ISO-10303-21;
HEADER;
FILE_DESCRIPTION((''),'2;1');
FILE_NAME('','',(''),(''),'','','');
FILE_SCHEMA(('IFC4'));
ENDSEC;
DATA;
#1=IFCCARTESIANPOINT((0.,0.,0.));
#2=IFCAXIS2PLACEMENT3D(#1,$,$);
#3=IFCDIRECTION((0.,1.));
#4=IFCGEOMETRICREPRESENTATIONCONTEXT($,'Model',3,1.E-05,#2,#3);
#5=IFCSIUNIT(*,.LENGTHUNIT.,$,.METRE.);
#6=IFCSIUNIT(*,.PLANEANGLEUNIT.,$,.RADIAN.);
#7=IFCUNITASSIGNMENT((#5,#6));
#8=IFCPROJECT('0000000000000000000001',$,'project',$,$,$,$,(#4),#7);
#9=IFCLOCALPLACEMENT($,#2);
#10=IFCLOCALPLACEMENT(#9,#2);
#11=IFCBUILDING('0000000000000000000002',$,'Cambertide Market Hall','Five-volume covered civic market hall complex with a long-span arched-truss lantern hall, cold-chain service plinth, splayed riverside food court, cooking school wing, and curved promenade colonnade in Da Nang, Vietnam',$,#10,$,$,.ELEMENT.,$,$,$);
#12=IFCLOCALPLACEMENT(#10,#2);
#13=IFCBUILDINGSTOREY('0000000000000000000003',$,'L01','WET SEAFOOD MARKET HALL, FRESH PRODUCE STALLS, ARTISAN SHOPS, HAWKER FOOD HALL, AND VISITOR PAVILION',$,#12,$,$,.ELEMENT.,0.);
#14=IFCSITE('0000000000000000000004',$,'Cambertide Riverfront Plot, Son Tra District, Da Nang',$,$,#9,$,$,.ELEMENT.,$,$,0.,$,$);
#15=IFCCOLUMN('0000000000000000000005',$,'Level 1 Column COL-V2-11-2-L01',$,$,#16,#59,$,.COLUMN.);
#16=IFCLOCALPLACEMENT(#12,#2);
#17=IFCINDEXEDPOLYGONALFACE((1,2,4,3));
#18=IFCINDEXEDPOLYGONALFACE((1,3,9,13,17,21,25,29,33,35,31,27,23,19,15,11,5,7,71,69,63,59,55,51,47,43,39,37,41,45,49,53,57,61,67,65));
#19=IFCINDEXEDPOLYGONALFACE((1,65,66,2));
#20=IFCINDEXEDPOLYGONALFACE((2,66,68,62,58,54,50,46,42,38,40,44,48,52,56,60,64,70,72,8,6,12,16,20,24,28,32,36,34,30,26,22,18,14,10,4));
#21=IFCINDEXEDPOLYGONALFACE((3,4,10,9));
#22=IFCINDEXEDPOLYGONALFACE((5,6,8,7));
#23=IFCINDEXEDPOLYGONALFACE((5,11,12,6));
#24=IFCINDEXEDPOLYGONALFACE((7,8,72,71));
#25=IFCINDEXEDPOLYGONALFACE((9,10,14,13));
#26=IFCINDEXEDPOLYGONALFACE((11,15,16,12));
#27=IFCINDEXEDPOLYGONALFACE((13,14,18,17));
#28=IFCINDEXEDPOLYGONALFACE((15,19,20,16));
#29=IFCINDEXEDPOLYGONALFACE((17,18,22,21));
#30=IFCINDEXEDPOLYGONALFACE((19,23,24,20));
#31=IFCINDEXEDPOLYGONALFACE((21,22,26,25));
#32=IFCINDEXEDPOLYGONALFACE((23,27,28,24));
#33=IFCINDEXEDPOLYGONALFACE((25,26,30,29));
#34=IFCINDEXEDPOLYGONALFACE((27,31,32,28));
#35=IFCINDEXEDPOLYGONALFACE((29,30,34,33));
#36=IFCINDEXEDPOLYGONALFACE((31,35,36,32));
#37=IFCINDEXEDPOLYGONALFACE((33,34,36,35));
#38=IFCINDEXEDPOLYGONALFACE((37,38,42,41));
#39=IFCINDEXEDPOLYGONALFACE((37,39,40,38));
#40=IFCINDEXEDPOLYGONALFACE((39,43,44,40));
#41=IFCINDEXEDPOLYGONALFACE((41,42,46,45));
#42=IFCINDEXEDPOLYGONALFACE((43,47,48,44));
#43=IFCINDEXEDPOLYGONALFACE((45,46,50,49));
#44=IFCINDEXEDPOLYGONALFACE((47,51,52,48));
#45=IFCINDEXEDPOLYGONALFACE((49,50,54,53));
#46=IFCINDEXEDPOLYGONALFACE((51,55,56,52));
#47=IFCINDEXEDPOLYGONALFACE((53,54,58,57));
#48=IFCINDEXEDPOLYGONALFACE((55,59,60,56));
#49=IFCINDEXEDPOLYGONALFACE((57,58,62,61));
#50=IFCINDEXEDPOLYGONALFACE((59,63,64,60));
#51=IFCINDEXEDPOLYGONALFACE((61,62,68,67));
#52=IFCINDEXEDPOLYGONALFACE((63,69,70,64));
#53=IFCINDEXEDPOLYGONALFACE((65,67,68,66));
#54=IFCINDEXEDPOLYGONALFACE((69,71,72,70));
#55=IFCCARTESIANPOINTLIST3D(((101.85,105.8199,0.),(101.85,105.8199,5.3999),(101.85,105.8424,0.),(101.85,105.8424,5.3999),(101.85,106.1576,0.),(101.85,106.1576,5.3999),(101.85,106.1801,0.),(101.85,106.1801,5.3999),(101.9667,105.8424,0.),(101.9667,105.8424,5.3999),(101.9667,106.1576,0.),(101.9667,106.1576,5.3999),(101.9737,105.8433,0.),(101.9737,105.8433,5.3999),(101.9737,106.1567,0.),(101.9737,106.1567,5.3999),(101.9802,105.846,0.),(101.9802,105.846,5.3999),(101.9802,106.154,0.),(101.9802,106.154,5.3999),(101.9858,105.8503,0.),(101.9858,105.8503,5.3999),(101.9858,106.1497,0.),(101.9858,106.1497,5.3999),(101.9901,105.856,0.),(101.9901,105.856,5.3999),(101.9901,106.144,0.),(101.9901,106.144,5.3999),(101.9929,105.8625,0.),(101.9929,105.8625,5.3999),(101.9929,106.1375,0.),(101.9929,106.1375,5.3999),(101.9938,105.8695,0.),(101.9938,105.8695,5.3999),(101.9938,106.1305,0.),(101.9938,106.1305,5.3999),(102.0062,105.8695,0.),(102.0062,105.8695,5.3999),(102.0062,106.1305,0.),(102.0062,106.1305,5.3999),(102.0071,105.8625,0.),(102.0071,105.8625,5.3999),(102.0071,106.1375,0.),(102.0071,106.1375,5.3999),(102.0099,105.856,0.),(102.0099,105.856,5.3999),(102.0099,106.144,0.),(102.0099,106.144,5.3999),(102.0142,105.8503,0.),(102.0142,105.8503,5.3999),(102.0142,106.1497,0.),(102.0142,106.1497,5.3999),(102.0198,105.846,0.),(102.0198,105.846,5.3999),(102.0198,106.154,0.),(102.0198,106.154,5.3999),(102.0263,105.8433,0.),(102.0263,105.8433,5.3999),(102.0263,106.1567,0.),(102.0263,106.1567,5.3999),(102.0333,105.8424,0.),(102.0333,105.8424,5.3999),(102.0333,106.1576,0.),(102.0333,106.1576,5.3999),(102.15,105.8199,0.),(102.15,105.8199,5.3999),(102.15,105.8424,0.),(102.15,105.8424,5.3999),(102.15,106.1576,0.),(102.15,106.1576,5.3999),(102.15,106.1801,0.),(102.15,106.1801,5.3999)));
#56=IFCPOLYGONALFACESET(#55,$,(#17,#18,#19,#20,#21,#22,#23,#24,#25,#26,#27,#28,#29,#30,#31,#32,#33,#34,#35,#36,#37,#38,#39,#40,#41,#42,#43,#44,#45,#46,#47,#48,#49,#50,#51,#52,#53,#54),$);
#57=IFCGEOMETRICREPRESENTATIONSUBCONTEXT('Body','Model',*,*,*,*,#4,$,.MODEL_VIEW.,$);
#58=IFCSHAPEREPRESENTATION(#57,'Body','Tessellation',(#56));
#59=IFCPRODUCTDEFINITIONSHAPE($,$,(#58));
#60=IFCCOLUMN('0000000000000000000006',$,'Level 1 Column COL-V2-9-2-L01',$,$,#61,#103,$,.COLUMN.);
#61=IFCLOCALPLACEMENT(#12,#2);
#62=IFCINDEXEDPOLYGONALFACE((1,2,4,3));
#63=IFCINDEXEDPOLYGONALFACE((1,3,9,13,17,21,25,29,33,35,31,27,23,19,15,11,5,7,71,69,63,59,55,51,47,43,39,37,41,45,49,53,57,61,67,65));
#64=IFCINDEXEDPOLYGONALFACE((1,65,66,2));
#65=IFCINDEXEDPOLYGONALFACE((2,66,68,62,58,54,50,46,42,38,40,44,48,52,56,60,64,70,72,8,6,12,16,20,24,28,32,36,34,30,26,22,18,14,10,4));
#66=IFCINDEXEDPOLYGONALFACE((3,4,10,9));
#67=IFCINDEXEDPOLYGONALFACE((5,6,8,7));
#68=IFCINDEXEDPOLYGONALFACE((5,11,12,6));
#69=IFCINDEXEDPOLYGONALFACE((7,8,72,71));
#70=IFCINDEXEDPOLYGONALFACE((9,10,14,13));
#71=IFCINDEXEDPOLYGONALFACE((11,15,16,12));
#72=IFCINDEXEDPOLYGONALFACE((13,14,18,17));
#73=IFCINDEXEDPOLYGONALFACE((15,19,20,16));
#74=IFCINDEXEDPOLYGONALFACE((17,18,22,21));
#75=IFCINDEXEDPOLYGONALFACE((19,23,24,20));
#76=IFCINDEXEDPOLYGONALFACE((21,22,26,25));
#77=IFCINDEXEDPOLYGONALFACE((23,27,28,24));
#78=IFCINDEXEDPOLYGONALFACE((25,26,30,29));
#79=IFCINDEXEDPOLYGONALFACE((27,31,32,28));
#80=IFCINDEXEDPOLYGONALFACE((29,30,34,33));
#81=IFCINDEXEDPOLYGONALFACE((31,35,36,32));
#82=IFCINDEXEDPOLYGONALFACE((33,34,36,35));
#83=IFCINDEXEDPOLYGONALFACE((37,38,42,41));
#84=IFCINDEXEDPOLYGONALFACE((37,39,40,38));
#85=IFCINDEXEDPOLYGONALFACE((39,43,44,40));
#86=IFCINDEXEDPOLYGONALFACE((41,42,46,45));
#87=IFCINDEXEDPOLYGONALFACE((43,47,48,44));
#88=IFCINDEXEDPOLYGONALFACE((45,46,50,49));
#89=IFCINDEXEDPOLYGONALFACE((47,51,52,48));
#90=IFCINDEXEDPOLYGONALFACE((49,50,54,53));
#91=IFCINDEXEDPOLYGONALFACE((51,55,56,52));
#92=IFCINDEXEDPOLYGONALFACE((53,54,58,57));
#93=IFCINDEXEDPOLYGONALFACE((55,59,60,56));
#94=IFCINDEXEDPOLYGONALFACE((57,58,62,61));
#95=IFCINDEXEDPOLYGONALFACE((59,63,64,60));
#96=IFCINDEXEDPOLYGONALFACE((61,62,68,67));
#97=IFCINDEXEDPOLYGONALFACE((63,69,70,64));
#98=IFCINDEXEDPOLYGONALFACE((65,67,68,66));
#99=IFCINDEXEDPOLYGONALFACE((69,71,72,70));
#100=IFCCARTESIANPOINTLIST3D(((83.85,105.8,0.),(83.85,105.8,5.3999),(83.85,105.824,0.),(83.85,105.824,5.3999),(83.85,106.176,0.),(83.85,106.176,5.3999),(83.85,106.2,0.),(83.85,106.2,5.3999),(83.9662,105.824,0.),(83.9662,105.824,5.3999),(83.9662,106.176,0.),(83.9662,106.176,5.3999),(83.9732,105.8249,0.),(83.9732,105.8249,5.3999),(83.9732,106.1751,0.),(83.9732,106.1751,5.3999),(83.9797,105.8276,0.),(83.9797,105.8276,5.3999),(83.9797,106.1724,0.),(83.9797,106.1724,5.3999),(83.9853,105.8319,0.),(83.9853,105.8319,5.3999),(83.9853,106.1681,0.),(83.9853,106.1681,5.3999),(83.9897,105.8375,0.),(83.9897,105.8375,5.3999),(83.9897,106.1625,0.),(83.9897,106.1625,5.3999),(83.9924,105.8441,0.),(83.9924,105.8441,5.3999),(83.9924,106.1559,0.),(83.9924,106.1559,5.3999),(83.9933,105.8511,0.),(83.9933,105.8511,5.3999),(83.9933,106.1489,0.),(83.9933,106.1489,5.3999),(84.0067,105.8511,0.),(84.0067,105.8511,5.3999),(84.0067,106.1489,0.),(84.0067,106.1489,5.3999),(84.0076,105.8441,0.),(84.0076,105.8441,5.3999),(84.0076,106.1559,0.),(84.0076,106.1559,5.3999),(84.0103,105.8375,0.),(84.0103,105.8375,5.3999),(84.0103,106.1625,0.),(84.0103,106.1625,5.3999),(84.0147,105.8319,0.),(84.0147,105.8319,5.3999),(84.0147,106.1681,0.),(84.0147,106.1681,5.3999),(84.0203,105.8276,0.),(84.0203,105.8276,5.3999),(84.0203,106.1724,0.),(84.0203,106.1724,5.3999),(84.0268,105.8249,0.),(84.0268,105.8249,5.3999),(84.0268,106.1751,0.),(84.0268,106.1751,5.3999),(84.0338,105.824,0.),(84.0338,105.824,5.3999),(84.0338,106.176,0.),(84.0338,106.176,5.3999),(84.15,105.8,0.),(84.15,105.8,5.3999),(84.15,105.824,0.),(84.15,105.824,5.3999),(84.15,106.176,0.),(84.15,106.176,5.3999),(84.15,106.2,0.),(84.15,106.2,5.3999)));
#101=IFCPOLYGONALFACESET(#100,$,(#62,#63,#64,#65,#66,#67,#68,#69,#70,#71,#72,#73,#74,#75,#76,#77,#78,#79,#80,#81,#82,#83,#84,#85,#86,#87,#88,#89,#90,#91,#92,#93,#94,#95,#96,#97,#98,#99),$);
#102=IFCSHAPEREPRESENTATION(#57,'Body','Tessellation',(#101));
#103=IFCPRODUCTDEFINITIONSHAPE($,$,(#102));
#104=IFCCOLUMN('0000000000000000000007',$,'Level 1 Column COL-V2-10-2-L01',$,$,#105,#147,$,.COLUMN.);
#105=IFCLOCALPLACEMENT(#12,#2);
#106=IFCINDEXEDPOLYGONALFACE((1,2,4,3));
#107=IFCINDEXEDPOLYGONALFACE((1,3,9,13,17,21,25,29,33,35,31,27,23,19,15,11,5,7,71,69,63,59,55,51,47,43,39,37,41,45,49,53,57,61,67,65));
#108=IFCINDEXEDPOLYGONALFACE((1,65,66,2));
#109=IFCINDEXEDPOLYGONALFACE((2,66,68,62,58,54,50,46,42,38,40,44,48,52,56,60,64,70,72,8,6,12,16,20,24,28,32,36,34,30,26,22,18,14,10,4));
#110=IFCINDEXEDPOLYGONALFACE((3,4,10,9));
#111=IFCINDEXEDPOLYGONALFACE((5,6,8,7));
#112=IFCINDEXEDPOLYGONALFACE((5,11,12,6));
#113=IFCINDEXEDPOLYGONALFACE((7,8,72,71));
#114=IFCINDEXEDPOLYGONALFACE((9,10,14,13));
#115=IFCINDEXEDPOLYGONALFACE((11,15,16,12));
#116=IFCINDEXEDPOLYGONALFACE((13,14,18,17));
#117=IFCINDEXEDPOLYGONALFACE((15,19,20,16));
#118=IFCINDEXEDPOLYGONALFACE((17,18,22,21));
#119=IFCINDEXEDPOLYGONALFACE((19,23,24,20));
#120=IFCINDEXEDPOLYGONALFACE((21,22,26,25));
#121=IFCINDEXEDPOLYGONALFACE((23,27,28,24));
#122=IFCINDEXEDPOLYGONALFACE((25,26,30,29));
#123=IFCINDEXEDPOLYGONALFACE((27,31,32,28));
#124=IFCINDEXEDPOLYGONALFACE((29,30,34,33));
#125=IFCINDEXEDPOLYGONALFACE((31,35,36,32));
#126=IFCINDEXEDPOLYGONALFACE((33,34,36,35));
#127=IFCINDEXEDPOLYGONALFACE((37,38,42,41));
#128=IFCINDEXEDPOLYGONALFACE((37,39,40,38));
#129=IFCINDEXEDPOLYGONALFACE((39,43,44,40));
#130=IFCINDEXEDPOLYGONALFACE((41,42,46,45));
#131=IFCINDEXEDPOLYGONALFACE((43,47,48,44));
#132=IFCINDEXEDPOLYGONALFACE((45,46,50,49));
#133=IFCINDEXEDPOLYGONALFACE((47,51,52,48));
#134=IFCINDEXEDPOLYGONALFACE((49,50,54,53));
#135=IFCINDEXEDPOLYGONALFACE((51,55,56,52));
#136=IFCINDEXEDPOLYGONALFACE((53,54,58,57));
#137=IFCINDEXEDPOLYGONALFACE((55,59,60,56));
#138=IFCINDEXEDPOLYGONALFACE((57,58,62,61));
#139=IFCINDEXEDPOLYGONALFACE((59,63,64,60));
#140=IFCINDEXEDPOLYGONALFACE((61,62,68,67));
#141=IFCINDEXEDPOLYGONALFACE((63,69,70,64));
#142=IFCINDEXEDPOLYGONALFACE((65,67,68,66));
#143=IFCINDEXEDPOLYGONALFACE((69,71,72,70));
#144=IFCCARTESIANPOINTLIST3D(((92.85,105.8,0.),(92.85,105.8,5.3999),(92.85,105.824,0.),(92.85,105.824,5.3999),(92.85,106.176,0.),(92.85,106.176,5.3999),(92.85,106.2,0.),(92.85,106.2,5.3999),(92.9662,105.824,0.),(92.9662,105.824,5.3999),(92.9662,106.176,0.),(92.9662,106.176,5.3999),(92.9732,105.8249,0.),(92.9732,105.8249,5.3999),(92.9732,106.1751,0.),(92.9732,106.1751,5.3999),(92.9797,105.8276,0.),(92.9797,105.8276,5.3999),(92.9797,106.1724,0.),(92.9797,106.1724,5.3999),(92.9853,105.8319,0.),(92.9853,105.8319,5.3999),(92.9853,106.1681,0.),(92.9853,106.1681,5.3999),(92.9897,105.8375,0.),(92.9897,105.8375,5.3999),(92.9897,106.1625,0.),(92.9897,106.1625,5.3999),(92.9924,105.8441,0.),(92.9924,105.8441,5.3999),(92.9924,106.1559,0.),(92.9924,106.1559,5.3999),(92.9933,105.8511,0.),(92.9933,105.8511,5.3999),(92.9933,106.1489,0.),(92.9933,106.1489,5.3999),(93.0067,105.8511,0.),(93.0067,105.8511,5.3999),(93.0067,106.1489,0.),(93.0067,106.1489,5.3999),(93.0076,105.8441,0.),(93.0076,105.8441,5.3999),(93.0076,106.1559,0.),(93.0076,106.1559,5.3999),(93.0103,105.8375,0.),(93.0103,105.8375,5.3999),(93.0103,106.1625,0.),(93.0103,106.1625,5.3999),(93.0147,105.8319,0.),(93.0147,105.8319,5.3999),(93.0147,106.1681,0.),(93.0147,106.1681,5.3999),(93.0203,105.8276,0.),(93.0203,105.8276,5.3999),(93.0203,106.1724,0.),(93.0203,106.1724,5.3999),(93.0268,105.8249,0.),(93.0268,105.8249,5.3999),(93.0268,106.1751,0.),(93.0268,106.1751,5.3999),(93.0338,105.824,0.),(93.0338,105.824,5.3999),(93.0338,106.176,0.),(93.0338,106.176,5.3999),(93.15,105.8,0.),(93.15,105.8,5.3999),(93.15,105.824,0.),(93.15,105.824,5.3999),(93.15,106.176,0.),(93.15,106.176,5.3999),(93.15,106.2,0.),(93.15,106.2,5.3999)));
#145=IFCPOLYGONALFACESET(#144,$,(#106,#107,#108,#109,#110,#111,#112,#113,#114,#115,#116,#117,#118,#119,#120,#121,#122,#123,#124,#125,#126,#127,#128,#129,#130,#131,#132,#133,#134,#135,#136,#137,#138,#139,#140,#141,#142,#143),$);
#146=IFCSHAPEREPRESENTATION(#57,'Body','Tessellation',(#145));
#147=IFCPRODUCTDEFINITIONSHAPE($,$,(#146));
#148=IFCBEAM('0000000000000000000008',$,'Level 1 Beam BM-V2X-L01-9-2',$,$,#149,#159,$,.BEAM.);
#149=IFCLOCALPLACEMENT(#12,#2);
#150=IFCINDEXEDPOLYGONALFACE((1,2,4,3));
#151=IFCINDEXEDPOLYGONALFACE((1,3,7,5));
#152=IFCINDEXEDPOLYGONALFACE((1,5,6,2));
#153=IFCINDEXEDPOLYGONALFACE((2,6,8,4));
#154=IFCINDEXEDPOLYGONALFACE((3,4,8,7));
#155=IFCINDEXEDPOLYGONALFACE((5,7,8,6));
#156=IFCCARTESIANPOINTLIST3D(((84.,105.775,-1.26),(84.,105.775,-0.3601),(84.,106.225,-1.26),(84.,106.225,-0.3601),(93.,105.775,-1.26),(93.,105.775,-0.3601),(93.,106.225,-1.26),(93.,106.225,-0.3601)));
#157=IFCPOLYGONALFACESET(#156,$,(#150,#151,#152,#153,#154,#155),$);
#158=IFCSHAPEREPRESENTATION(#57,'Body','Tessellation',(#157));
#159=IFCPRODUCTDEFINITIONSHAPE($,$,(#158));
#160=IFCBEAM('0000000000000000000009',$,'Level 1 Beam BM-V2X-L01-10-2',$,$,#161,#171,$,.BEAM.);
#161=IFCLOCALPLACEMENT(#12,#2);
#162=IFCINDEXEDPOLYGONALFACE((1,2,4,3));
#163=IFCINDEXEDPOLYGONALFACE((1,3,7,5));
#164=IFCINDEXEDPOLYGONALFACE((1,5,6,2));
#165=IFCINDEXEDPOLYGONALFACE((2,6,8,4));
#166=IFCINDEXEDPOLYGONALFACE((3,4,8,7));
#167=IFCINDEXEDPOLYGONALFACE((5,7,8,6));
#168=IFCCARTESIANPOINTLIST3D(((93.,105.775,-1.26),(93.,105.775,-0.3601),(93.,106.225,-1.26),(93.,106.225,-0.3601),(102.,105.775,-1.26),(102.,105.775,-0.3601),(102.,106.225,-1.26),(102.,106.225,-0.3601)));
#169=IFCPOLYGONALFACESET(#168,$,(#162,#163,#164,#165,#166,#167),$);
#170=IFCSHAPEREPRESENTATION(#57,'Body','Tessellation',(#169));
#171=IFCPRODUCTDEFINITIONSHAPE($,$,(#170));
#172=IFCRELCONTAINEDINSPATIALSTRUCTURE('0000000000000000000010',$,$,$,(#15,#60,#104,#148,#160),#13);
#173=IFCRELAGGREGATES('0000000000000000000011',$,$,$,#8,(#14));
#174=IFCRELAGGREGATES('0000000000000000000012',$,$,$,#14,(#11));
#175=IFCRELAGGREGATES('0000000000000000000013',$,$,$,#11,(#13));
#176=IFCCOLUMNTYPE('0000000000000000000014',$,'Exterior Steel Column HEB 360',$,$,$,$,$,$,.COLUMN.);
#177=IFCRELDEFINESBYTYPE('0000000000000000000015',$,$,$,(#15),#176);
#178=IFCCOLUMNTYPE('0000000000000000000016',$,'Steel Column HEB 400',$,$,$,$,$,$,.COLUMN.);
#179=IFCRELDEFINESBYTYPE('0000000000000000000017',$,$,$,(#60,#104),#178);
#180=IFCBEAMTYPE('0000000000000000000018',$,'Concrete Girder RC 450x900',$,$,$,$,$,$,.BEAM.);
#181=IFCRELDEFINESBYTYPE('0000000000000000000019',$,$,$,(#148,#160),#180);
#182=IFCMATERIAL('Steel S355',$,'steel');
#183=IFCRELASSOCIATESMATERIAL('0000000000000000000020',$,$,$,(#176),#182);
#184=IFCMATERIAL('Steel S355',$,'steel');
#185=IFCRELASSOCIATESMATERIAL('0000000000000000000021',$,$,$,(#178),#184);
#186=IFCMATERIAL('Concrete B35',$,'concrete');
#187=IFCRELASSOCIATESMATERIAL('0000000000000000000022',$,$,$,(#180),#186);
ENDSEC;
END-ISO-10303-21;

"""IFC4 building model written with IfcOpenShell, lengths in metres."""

from ifc_helpers import new_model, si_unit, direction, frame, origin, origin_2d, place, context, subcontext, project, spatial, rectangle, i_section, extrude, material, material_profile, profile_set, type_object, element, save


model = new_model("IFC4")

# Units and contexts
model_context = context("Model", 3, precision=1e-05, world=origin(), true_north=direction((0.0, 1.0)))
body_context = subcontext(model_context, "Body", "Model", "MODEL_VIEW")
ifc_project = project(units=[si_unit("LENGTHUNIT", "METRE"), si_unit("PLANEANGLEUNIT", "RADIAN")], contexts=[model_context])

# Site, building, storey
site_placement = place(None, origin())
site = spatial("IfcSite", under=ifc_project, at=site_placement, Name="Cambertide Riverfront Plot, Son Tra District, Da Nang", CompositionType="ELEMENT", RefElevation=0.0)
building_placement = place(site_placement, origin())
building = spatial("IfcBuilding", under=site, at=building_placement, Name="Cambertide Market Hall", Description="Five-volume covered civic market hall complex with a long-span arched-truss lantern hall, cold-chain service plinth, splayed riverside food court, cooking school wing, and curved promenade colonnade in Da Nang, Vietnam", CompositionType="ELEMENT")
storey_placement = place(building_placement, origin())
storey = spatial("IfcBuildingStorey", under=building, at=storey_placement, Name="L01", Description="WET SEAFOOD MARKET HALL, FRESH PRODUCE STALLS, ARTISAN SHOPS, HAWKER FOOD HALL, AND VISITOR PAVILION", CompositionType="ELEMENT", Elevation=0.0)

# Columns
ifc_material_1 = material(Name="Steel S355", Category="steel")
ifc_material_profile_1 = material_profile(ifc_material_1, i_section(OverallWidth=0.3, OverallDepth=0.3601, WebThickness=0.0125, FlangeThickness=0.0225, FilletRadius=0.0271, at=origin_2d()), Name="HEB 360")
ifc_profile_set_1 = profile_set([ifc_material_profile_1], Name="Steel S355")
column_type_1 = type_object("IfcColumnType", Name="Exterior Steel Column HEB 360", PredefinedType="COLUMN", material=ifc_profile_set_1)
column_placement = place(storey_placement, frame((102.0, 106.0, 0.0), z_axis=(0.0, 0.0, 1.0), x_axis=(1.0, 0.0, 0.0)))
element("IfcColumn", 1, at=column_placement, inside=storey, type_object=column_type_1, Name="Level 1 Column COL-V2-11-2-L01", PredefinedType="COLUMN", context=body_context, shape_type="SweptSolid", body=[
    extrude(i_section(OverallWidth=0.3, OverallDepth=0.3601, WebThickness=0.0125, FlangeThickness=0.0225, FilletRadius=0.0271, at=origin_2d()), origin(), (0.0, 0.0, 1.0), 5.3999),
])
ifc_material_2 = material(Name="Steel S355", Category="steel")
ifc_material_profile_2 = material_profile(ifc_material_2, i_section(OverallWidth=0.3, OverallDepth=0.3999, WebThickness=0.0134, FlangeThickness=0.0239, FilletRadius=0.0271, at=origin_2d()), Name="HEB 400")
ifc_profile_set_2 = profile_set([ifc_material_profile_2], Name="Steel S355")
column_type_2 = type_object("IfcColumnType", Name="Steel Column HEB 400", PredefinedType="COLUMN", material=ifc_profile_set_2)
for number, where, z_axis, x_axis, name in (
    (2, (84.0, 106.0, 0.0), (0.0, 0.0, 1.0), (1.0, 0.0, 0.0), "Level 1 Column COL-V2-9-2-L01"),
    (3, (93.0, 106.0, 0.0), (0.0, 0.0, 1.0), (1.0, 0.0, 0.0), "Level 1 Column COL-V2-10-2-L01"),
):
    element("IfcColumn", number, at=place(storey_placement, frame(where, z_axis=z_axis, x_axis=x_axis)), inside=storey, type_object=column_type_2, Name=name, PredefinedType="COLUMN", context=body_context, shape_type="SweptSolid", body=[
        extrude(i_section(OverallWidth=0.3, OverallDepth=0.3999, WebThickness=0.0134, FlangeThickness=0.0239, FilletRadius=0.0271, at=origin_2d()), origin(), (0.0, 0.0, 1.0), 5.3999),
    ])

# Beams
ifc_material_3 = material(Name="Concrete B35", Category="concrete")
ifc_material_profile_3 = material_profile(ifc_material_3, rectangle(XDim=0.45, YDim=0.8999, at=origin_2d()), Name="RC 450x900")
ifc_profile_set_3 = profile_set([ifc_material_profile_3], Name="Concrete B35")
beam_type_1 = type_object("IfcBeamType", Name="Concrete Girder RC 450x900", PredefinedType="BEAM", material=ifc_profile_set_3)
for number, where, z_axis, x_axis, name in (
    (4, (84.0, 106.0, -0.8101), (1.0, 0.0, 0.0), (0.0, 1.0, 0.0), "Level 1 Beam BM-V2X-L01-9-2"),
    (5, (93.0, 106.0, -0.8101), (1.0, 0.0, 0.0), (0.0, 1.0, 0.0), "Level 1 Beam BM-V2X-L01-10-2"),
):
    element("IfcBeam", number, at=place(storey_placement, frame(where, z_axis=z_axis, x_axis=x_axis)), inside=storey, type_object=beam_type_1, Name=name, PredefinedType="BEAM", context=body_context, shape_type="SweptSolid", body=[
        extrude(rectangle(XDim=0.45, YDim=0.8999, at=origin_2d()), origin(), (0.0, 0.0, 1.0), 9.0),
    ])

save(model, "model.ifc")
